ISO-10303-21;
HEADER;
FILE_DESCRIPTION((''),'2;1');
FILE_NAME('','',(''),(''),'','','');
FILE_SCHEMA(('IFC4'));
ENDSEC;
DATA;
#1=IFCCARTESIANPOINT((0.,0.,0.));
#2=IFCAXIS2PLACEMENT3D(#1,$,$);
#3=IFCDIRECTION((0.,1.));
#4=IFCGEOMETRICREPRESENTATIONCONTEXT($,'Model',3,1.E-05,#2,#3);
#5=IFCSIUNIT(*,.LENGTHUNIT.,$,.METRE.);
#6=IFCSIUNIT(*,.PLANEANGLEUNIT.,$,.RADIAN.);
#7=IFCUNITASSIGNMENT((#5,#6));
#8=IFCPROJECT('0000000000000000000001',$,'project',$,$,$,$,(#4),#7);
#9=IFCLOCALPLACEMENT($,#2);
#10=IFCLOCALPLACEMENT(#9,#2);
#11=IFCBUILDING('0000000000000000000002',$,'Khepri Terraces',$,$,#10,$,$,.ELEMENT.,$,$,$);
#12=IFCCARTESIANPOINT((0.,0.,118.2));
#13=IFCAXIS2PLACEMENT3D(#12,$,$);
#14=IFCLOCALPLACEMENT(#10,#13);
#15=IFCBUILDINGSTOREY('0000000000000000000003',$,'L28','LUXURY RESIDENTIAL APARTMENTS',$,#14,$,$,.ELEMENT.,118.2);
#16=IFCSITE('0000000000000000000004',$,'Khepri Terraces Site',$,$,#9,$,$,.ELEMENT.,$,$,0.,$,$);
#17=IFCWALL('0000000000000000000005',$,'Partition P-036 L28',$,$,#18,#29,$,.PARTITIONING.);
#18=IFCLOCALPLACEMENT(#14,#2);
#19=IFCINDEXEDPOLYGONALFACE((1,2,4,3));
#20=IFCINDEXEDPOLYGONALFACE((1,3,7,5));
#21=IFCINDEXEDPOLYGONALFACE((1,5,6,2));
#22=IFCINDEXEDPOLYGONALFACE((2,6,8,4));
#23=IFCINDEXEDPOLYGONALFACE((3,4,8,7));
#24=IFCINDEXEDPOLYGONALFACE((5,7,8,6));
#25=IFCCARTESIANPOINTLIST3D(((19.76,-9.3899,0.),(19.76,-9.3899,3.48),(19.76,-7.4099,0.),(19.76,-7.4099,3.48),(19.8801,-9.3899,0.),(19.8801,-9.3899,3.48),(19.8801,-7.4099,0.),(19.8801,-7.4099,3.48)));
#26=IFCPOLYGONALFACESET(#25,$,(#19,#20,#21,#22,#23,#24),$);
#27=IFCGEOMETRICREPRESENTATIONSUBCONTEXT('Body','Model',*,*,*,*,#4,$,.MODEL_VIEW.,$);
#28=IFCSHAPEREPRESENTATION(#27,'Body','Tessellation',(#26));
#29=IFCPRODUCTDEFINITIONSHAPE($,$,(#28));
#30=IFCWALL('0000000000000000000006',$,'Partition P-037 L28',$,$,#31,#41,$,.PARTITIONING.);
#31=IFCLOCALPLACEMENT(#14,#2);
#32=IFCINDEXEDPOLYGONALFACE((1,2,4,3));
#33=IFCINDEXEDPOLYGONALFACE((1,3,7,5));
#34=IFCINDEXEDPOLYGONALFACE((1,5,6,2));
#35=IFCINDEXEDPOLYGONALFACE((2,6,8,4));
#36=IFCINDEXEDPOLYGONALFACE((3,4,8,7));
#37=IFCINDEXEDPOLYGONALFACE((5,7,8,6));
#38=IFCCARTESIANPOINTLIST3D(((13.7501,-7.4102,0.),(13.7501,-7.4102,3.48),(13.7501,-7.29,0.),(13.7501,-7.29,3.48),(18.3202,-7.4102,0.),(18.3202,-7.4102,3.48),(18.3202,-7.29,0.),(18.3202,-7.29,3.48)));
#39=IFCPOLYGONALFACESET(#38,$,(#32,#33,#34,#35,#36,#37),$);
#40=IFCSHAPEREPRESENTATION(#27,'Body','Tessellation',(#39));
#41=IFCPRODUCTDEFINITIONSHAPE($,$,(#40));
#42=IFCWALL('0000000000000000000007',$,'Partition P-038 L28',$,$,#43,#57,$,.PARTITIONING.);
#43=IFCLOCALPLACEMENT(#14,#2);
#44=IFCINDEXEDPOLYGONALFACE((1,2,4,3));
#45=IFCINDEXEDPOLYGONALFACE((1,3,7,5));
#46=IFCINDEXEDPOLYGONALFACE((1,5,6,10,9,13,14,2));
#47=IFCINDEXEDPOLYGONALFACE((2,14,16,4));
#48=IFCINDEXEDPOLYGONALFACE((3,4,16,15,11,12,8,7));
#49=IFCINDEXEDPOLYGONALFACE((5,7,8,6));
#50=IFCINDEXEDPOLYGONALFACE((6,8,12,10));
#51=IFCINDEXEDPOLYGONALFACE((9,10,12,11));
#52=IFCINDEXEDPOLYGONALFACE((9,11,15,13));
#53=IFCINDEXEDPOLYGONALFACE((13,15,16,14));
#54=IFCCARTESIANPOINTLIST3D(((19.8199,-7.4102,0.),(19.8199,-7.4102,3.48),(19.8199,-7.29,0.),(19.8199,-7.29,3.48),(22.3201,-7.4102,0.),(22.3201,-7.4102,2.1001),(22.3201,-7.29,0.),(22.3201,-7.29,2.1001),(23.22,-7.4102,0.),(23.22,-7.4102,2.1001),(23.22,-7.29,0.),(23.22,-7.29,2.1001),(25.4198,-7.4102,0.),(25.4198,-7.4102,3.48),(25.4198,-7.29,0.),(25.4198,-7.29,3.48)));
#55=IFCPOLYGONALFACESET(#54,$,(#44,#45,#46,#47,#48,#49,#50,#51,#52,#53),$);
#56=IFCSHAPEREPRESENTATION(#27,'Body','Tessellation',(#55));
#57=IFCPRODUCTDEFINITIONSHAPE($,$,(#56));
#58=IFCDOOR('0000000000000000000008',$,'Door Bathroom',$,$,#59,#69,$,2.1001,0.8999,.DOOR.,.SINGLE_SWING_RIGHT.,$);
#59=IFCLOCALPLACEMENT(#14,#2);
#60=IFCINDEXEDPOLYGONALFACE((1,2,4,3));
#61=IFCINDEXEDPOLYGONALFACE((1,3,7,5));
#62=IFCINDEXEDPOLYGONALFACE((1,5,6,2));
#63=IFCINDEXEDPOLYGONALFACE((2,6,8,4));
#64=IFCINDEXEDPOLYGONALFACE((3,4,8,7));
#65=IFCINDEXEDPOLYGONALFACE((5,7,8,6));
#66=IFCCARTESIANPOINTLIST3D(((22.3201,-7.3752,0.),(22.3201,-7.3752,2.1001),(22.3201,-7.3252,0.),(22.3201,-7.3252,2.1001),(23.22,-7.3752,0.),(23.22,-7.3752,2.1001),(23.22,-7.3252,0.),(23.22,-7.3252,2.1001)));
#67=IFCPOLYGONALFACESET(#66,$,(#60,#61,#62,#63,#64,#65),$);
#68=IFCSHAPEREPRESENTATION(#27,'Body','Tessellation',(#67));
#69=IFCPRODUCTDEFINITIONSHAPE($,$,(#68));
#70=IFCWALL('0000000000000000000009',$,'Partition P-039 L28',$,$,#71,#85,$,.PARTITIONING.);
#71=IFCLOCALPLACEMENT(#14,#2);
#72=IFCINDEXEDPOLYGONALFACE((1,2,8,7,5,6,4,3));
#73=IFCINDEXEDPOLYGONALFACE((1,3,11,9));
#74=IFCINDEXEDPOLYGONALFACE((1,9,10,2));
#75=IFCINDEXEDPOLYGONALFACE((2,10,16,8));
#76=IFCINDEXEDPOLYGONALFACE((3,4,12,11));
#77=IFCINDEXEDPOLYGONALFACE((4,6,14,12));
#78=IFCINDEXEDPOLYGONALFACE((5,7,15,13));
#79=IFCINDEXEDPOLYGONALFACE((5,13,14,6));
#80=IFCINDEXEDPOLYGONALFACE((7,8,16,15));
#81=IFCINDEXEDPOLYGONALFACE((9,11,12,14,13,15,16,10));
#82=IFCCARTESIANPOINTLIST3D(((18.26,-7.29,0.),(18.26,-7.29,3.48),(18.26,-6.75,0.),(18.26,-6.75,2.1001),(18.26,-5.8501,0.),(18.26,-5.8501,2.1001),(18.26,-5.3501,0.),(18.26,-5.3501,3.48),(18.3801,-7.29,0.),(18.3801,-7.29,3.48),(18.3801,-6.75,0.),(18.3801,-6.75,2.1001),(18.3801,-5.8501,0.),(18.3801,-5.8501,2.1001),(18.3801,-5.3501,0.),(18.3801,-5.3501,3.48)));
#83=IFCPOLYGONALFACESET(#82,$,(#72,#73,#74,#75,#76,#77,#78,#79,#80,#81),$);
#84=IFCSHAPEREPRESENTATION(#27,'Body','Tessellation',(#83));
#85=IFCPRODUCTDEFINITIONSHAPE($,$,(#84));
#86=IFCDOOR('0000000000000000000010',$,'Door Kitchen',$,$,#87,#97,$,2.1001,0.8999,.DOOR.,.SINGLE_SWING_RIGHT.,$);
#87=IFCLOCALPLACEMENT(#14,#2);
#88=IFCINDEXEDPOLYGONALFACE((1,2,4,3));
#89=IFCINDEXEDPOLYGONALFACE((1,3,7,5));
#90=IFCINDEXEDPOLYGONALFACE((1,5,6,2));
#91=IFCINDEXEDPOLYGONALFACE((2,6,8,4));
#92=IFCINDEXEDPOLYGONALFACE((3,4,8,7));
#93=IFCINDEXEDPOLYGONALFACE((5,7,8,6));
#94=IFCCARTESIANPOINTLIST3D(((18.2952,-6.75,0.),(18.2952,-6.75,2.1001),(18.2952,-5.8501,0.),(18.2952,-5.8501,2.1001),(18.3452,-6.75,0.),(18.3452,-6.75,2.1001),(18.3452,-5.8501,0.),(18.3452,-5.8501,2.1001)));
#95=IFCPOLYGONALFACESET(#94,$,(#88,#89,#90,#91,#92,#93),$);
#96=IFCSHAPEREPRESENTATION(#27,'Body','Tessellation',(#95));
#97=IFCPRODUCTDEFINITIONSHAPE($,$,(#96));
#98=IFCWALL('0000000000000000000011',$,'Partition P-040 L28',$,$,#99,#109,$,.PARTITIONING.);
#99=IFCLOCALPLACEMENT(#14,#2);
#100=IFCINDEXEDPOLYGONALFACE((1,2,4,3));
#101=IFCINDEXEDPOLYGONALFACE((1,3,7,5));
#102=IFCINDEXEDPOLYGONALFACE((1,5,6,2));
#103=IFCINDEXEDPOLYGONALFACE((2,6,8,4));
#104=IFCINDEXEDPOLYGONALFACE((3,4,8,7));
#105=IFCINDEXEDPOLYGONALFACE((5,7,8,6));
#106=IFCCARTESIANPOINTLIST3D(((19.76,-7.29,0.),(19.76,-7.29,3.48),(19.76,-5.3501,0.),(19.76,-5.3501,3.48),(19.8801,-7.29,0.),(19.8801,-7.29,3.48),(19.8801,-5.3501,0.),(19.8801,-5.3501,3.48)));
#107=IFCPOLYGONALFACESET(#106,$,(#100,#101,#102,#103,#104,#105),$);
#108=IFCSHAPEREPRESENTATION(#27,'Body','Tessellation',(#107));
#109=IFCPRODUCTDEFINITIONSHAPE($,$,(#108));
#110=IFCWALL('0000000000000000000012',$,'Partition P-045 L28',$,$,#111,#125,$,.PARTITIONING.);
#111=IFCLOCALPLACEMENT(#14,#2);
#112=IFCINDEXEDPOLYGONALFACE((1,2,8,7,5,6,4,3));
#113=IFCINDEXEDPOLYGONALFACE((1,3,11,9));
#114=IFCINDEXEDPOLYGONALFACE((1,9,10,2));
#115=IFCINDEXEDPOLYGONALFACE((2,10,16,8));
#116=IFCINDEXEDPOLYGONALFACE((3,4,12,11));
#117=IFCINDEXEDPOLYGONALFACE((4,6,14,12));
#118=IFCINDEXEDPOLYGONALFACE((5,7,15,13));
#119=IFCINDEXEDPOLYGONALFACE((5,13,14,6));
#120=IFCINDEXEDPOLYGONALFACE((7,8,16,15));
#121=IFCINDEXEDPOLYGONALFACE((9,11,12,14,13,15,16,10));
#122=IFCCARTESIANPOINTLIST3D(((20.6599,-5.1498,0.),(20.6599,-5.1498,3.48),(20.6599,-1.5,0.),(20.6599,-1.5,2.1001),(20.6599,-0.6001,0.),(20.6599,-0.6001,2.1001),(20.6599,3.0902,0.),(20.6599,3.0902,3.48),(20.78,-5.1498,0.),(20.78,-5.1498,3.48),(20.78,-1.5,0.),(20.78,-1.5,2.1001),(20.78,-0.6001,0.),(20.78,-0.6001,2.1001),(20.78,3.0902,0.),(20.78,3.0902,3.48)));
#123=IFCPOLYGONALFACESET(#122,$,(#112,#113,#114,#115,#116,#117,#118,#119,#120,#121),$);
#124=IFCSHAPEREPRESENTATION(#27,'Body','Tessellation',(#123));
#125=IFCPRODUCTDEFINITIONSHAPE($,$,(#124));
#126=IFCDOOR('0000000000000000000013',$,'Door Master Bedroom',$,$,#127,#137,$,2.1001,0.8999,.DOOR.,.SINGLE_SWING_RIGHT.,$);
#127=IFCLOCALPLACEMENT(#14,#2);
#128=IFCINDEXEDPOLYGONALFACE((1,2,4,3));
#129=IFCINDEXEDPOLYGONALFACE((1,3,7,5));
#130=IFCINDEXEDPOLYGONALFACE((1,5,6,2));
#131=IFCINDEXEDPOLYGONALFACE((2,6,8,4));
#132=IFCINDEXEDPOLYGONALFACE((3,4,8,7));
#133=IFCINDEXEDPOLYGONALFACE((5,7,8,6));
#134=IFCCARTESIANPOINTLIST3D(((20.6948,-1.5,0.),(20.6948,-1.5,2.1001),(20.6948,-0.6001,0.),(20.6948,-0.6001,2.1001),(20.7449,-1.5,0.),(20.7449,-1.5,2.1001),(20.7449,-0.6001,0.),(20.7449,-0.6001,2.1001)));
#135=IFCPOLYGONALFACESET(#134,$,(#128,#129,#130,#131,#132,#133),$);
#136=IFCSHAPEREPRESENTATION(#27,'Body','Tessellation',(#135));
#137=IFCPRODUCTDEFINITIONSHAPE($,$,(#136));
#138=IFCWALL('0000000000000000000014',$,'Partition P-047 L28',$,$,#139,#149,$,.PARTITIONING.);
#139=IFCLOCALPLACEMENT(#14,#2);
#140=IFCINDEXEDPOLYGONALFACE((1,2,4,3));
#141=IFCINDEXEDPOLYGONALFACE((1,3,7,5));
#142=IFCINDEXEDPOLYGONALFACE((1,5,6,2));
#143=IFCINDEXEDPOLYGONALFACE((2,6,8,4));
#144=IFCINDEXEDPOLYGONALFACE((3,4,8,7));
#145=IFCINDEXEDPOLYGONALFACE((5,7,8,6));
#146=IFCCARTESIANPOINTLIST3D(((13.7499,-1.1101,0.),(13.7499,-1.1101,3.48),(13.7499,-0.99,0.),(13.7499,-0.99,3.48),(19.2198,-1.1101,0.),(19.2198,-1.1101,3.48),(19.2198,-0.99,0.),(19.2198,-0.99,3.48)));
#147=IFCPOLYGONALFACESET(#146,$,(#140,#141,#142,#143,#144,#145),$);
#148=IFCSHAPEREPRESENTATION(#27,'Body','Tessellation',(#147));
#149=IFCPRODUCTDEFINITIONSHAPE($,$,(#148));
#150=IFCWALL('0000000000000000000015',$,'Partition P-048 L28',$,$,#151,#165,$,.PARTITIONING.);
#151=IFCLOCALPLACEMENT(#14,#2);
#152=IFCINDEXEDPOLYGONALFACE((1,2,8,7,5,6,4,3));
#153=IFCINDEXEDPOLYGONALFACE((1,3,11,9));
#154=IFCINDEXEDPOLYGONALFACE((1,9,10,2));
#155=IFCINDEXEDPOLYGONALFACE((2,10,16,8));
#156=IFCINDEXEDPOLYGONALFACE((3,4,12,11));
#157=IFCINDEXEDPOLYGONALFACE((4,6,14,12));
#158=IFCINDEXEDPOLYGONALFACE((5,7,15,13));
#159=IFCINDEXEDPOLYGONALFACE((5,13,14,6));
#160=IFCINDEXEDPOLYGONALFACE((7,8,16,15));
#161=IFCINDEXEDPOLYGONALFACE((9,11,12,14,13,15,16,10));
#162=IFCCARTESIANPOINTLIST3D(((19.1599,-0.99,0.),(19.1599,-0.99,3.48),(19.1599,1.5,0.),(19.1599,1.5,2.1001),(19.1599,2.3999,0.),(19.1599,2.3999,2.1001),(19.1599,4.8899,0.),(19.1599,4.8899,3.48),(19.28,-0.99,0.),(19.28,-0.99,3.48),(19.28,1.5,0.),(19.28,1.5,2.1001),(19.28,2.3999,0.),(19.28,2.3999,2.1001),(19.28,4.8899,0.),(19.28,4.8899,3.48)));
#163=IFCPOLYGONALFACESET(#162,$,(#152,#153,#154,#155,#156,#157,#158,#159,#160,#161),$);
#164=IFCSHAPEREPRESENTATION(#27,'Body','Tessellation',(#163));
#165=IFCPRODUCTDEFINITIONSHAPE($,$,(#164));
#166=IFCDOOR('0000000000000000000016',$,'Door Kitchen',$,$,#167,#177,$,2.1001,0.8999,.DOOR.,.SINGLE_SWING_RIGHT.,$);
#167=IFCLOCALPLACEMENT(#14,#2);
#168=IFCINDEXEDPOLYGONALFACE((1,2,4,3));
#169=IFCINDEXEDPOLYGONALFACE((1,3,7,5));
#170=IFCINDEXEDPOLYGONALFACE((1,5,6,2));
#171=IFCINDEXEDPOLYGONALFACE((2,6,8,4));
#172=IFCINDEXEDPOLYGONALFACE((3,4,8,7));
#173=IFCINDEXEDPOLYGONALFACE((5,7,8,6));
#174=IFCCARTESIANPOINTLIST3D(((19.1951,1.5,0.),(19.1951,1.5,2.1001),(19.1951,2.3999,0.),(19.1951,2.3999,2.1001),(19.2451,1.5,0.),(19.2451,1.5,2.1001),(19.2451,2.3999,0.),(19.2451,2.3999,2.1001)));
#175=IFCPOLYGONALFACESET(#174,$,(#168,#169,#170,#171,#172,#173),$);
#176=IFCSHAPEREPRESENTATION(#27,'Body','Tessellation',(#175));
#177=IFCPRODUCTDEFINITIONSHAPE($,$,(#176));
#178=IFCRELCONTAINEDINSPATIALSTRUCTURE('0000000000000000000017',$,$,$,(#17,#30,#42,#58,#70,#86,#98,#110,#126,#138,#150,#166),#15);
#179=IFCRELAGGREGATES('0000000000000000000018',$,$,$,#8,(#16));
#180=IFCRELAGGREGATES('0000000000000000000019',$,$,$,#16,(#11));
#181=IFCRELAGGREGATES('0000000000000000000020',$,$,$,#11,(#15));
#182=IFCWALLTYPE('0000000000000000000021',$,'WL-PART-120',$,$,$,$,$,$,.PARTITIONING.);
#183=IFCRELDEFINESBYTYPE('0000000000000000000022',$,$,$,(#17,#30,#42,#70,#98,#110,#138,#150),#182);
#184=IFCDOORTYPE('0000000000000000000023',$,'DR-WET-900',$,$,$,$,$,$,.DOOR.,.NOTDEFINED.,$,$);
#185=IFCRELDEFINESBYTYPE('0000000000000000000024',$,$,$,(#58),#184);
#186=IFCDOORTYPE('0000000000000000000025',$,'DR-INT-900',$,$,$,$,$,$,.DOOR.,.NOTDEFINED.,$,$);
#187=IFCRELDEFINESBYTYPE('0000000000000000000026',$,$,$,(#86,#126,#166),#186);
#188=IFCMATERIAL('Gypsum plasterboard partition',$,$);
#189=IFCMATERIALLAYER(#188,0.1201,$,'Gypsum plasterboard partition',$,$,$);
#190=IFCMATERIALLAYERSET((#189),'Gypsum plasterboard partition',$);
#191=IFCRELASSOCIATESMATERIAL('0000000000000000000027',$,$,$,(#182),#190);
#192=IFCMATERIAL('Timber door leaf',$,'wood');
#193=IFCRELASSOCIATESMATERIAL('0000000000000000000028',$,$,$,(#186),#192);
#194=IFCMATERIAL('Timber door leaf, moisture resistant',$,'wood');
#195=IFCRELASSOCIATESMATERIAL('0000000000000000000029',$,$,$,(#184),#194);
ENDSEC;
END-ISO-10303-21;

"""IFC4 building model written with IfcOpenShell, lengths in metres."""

from ifc_helpers import new_model, si_unit, direction, frame, frame_2d, origin, place, context, subcontext, project, spatial, rectangle, extrude, material, layer, layer_set, type_object, element, fill, save


model = new_model("IFC4")

# Units and contexts
model_context = context("Model", 3, precision=1e-05, world=origin(), true_north=direction((0.0, 1.0)))
body_context = subcontext(model_context, "Body", "Model", "MODEL_VIEW")
ifc_project = project(units=[si_unit("LENGTHUNIT", "METRE"), si_unit("PLANEANGLEUNIT", "RADIAN")], contexts=[model_context])

# Site, building, storey
site_placement = place(None, origin())
site = spatial("IfcSite", under=ifc_project, at=site_placement, Name="Khepri Terraces Site", CompositionType="ELEMENT", RefElevation=0.0)
building_placement = place(site_placement, origin())
building = spatial("IfcBuilding", under=site, at=building_placement, Name="Khepri Terraces", CompositionType="ELEMENT")
storey_placement = place(building_placement, frame((0.0, 0.0, 118.2)))
storey = spatial("IfcBuildingStorey", under=building, at=storey_placement, Name="L28", Description="LUXURY RESIDENTIAL APARTMENTS", CompositionType="ELEMENT", Elevation=118.2)

# Shared definitions
ifc_material_1 = material(Name="Gypsum plasterboard partition")
ifc_layer_1 = layer(ifc_material_1, 0.1201, Name="Gypsum plasterboard partition")
ifc_layer_set_1 = layer_set([ifc_layer_1], Name="Gypsum plasterboard partition")
wall_type_1 = type_object("IfcWallType", Name="WL-PART-120", PredefinedType="PARTITIONING", material=ifc_layer_set_1)
ifc_material_2 = material(Name="Timber door leaf", Category="wood")
door_type_1 = type_object("IfcDoorType", Name="DR-INT-900", OperationType="NOTDEFINED", PredefinedType="DOOR", material=ifc_material_2)
ifc_material_3 = material(Name="Timber door leaf, moisture resistant", Category="wood")
door_type_2 = type_object("IfcDoorType", Name="DR-WET-900", OperationType="NOTDEFINED", PredefinedType="DOOR", material=ifc_material_3)

# Walls
for number, where, z_axis, x_axis, name in (
    (1, (19.8201, -9.3899, 0.0), (0.0, 0.0, 1.0), (0.0, 1.0, 0.0), "Partition P-036 L28"),
):
    element("IfcWall", number, at=place(storey_placement, frame(where, z_axis=z_axis, x_axis=x_axis)), inside=storey, type_object=wall_type_1, Name=name, PredefinedType="PARTITIONING", context=body_context, shape_type="SweptSolid", body=[
        extrude(rectangle(XDim=1.98, YDim=0.1201, at=frame_2d((0.99, 0.0))), origin(), (0.0, 0.0, 1.0), 3.48),
    ])
wall_1_placement = place(storey_placement, frame((13.75, -7.3501, 0.0), z_axis=(0.0, 0.0, 1.0), x_axis=(1.0, 0.0, 0.0)))
element("IfcWall", 2, at=wall_1_placement, inside=storey, type_object=wall_type_1, Name="Partition P-037 L28", PredefinedType="PARTITIONING", context=body_context, shape_type="SweptSolid", body=[
    extrude(rectangle(XDim=4.5701, YDim=0.1201, at=frame_2d((2.2852, 0.0))), origin(), (0.0, 0.0, 1.0), 3.48),
])

# Walls, openings, doors
wall_2_placement = place(storey_placement, frame((19.8201, -7.3501, 0.0), z_axis=(0.0, 0.0, 1.0), x_axis=(1.0, 0.0, 0.0)))
wall_2 = element("IfcWall", 3, at=wall_2_placement, inside=storey, type_object=wall_type_1, Name="Partition P-038 L28", PredefinedType="PARTITIONING", context=body_context, shape_type="SweptSolid", body=[
    extrude(rectangle(XDim=5.5999, YDim=0.1201, at=frame_2d((2.7998, 0.0))), origin(), (0.0, 0.0, 1.0), 3.48),
])
opening_1_placement = place(wall_2_placement, frame((2.5, 0.0, 0.0)))
opening_1 = element("IfcOpeningElement", 4, at=opening_1_placement, cuts=wall_2, PredefinedType="OPENING", context=body_context, shape_type="SweptSolid", body=[
    extrude(rectangle(XDim=0.8999, YDim=2.1001, at=frame_2d((0.45, 1.05))), frame((0.0, 0.0701, 0.0), z_axis=(0.0, -1.0, 0.0), x_axis=(1.0, 0.0, 0.0)), (0.0, 0.0, 1.0), 0.1401),
])
door_1_placement = place(opening_1_placement, origin())
door_1 = element("IfcDoor", 5, at=door_1_placement, inside=storey, type_object=door_type_2, Name="Door Bathroom", OperationType="SINGLE_SWING_RIGHT", OverallHeight=2.1001, OverallWidth=0.8999, PredefinedType="DOOR", context=body_context, shape_type="SweptSolid", body=[
    extrude(rectangle(XDim=0.8999, YDim=2.1001, at=frame_2d((0.45, 1.05))), frame((0.0, 0.0249, 0.0), z_axis=(0.0, -1.0, 0.0), x_axis=(1.0, 0.0, 0.0)), (0.0, 0.0, 1.0), 0.05),
])
fill(opening_1, door_1)
wall_3_placement = place(storey_placement, frame((18.3201, -7.29, 0.0), z_axis=(0.0, 0.0, 1.0), x_axis=(0.0, 1.0, 0.0)))
wall_3 = element("IfcWall", 6, at=wall_3_placement, inside=storey, type_object=wall_type_1, Name="Partition P-039 L28", PredefinedType="PARTITIONING", context=body_context, shape_type="SweptSolid", body=[
    extrude(rectangle(XDim=1.9399, YDim=0.1201, at=frame_2d((0.97, 0.0))), origin(), (0.0, 0.0, 1.0), 3.48),
])
opening_2_placement = place(wall_3_placement, frame((0.54, 0.0, 0.0)))
opening_2 = element("IfcOpeningElement", 7, at=opening_2_placement, cuts=wall_3, PredefinedType="OPENING", context=body_context, shape_type="SweptSolid", body=[
    extrude(rectangle(XDim=0.8999, YDim=2.1001, at=frame_2d((0.45, 1.05))), frame((0.0, 0.0701, 0.0), z_axis=(0.0, -1.0, 0.0), x_axis=(1.0, 0.0, 0.0)), (0.0, 0.0, 1.0), 0.1401),
])
door_2_placement = place(opening_2_placement, origin())
door_2 = element("IfcDoor", 8, at=door_2_placement, inside=storey, type_object=door_type_1, Name="Door Kitchen", OperationType="SINGLE_SWING_RIGHT", OverallHeight=2.1001, OverallWidth=0.8999, PredefinedType="DOOR", context=body_context, shape_type="SweptSolid", body=[
    extrude(rectangle(XDim=0.8999, YDim=2.1001, at=frame_2d((0.45, 1.05))), frame((0.0, 0.0249, 0.0), z_axis=(0.0, -1.0, 0.0), x_axis=(1.0, 0.0, 0.0)), (0.0, 0.0, 1.0), 0.05),
])
fill(opening_2, door_2)

# Wall
wall_4_placement = place(storey_placement, frame((19.8201, -7.29, 0.0), z_axis=(0.0, 0.0, 1.0), x_axis=(0.0, 1.0, 0.0)))
element("IfcWall", 9, at=wall_4_placement, inside=storey, type_object=wall_type_1, Name="Partition P-040 L28", PredefinedType="PARTITIONING", context=body_context, shape_type="SweptSolid", body=[
    extrude(rectangle(XDim=1.9399, YDim=0.1201, at=frame_2d((0.97, 0.0))), origin(), (0.0, 0.0, 1.0), 3.48),
])

# Wall, opening, door
wall_5_placement = place(storey_placement, frame((20.72, -5.1499, 0.0), z_axis=(0.0, 0.0, 1.0), x_axis=(0.0, 1.0, 0.0)))
wall_5 = element("IfcWall", 10, at=wall_5_placement, inside=storey, type_object=wall_type_1, Name="Partition P-045 L28", PredefinedType="PARTITIONING", context=body_context, shape_type="SweptSolid", body=[
    extrude(rectangle(XDim=8.24, YDim=0.1201, at=frame_2d((4.1201, 0.0))), origin(), (0.0, 0.0, 1.0), 3.48),
])
opening_3_placement = place(wall_5_placement, frame((3.6499, 0.0, 0.0)))
opening_3 = element("IfcOpeningElement", 11, at=opening_3_placement, cuts=wall_5, PredefinedType="OPENING", context=body_context, shape_type="SweptSolid", body=[
    extrude(rectangle(XDim=0.8999, YDim=2.1001, at=frame_2d((0.45, 1.05))), frame((0.0, 0.0701, 0.0), z_axis=(0.0, -1.0, 0.0), x_axis=(1.0, 0.0, 0.0)), (0.0, 0.0, 1.0), 0.1401),
])
door_3_placement = place(opening_3_placement, frame((0.8999, 0.0, 0.0), z_axis=(0.0, 0.0, 1.0), x_axis=(-1.0, 0.0, 0.0)))
door_3 = element("IfcDoor", 12, at=door_3_placement, inside=storey, type_object=door_type_1, Name="Door Master Bedroom", OperationType="SINGLE_SWING_RIGHT", OverallHeight=2.1001, OverallWidth=0.8999, PredefinedType="DOOR", context=body_context, shape_type="SweptSolid", body=[
    extrude(rectangle(XDim=0.8999, YDim=2.1001, at=frame_2d((0.45, 1.05))), frame((0.0, 0.0249, 0.0), z_axis=(0.0, -1.0, 0.0), x_axis=(1.0, 0.0, 0.0)), (0.0, 0.0, 1.0), 0.05),
])
fill(opening_3, door_3)

# Wall
wall_6_placement = place(storey_placement, frame((13.75, -1.05, 0.0), z_axis=(0.0, 0.0, 1.0), x_axis=(1.0, 0.0, 0.0)))
element("IfcWall", 13, at=wall_6_placement, inside=storey, type_object=wall_type_1, Name="Partition P-047 L28", PredefinedType="PARTITIONING", context=body_context, shape_type="SweptSolid", body=[
    extrude(rectangle(XDim=5.47, YDim=0.1201, at=frame_2d((2.7349, 0.0))), origin(), (0.0, 0.0, 1.0), 3.48),
])

# Wall, opening, door
wall_7_placement = place(storey_placement, frame((19.22, -0.99, 0.0), z_axis=(0.0, 0.0, 1.0), x_axis=(0.0, 1.0, 0.0)))
wall_7 = element("IfcWall", 14, at=wall_7_placement, inside=storey, type_object=wall_type_1, Name="Partition P-048 L28", PredefinedType="PARTITIONING", context=body_context, shape_type="SweptSolid", body=[
    extrude(rectangle(XDim=5.8799, YDim=0.1201, at=frame_2d((2.9399, 0.0))), origin(), (0.0, 0.0, 1.0), 3.48),
])
opening_4_placement = place(wall_7_placement, frame((2.49, 0.0, 0.0)))
opening_4 = element("IfcOpeningElement", 15, at=opening_4_placement, cuts=wall_7, PredefinedType="OPENING", context=body_context, shape_type="SweptSolid", body=[
    extrude(rectangle(XDim=0.8999, YDim=2.1001, at=frame_2d((0.45, 1.05))), frame((0.0, 0.0701, 0.0), z_axis=(0.0, -1.0, 0.0), x_axis=(1.0, 0.0, 0.0)), (0.0, 0.0, 1.0), 0.1401),
])
door_4_placement = place(opening_4_placement, origin())
door_4 = element("IfcDoor", 16, at=door_4_placement, inside=storey, type_object=door_type_1, Name="Door Kitchen", OperationType="SINGLE_SWING_RIGHT", OverallHeight=2.1001, OverallWidth=0.8999, PredefinedType="DOOR", context=body_context, shape_type="SweptSolid", body=[
    extrude(rectangle(XDim=0.8999, YDim=2.1001, at=frame_2d((0.45, 1.05))), frame((0.0, 0.0249, 0.0), z_axis=(0.0, -1.0, 0.0), x_axis=(1.0, 0.0, 0.0)), (0.0, 0.0, 1.0), 0.05),
])
fill(opening_4, door_4)

save(model, "model.ifc")
